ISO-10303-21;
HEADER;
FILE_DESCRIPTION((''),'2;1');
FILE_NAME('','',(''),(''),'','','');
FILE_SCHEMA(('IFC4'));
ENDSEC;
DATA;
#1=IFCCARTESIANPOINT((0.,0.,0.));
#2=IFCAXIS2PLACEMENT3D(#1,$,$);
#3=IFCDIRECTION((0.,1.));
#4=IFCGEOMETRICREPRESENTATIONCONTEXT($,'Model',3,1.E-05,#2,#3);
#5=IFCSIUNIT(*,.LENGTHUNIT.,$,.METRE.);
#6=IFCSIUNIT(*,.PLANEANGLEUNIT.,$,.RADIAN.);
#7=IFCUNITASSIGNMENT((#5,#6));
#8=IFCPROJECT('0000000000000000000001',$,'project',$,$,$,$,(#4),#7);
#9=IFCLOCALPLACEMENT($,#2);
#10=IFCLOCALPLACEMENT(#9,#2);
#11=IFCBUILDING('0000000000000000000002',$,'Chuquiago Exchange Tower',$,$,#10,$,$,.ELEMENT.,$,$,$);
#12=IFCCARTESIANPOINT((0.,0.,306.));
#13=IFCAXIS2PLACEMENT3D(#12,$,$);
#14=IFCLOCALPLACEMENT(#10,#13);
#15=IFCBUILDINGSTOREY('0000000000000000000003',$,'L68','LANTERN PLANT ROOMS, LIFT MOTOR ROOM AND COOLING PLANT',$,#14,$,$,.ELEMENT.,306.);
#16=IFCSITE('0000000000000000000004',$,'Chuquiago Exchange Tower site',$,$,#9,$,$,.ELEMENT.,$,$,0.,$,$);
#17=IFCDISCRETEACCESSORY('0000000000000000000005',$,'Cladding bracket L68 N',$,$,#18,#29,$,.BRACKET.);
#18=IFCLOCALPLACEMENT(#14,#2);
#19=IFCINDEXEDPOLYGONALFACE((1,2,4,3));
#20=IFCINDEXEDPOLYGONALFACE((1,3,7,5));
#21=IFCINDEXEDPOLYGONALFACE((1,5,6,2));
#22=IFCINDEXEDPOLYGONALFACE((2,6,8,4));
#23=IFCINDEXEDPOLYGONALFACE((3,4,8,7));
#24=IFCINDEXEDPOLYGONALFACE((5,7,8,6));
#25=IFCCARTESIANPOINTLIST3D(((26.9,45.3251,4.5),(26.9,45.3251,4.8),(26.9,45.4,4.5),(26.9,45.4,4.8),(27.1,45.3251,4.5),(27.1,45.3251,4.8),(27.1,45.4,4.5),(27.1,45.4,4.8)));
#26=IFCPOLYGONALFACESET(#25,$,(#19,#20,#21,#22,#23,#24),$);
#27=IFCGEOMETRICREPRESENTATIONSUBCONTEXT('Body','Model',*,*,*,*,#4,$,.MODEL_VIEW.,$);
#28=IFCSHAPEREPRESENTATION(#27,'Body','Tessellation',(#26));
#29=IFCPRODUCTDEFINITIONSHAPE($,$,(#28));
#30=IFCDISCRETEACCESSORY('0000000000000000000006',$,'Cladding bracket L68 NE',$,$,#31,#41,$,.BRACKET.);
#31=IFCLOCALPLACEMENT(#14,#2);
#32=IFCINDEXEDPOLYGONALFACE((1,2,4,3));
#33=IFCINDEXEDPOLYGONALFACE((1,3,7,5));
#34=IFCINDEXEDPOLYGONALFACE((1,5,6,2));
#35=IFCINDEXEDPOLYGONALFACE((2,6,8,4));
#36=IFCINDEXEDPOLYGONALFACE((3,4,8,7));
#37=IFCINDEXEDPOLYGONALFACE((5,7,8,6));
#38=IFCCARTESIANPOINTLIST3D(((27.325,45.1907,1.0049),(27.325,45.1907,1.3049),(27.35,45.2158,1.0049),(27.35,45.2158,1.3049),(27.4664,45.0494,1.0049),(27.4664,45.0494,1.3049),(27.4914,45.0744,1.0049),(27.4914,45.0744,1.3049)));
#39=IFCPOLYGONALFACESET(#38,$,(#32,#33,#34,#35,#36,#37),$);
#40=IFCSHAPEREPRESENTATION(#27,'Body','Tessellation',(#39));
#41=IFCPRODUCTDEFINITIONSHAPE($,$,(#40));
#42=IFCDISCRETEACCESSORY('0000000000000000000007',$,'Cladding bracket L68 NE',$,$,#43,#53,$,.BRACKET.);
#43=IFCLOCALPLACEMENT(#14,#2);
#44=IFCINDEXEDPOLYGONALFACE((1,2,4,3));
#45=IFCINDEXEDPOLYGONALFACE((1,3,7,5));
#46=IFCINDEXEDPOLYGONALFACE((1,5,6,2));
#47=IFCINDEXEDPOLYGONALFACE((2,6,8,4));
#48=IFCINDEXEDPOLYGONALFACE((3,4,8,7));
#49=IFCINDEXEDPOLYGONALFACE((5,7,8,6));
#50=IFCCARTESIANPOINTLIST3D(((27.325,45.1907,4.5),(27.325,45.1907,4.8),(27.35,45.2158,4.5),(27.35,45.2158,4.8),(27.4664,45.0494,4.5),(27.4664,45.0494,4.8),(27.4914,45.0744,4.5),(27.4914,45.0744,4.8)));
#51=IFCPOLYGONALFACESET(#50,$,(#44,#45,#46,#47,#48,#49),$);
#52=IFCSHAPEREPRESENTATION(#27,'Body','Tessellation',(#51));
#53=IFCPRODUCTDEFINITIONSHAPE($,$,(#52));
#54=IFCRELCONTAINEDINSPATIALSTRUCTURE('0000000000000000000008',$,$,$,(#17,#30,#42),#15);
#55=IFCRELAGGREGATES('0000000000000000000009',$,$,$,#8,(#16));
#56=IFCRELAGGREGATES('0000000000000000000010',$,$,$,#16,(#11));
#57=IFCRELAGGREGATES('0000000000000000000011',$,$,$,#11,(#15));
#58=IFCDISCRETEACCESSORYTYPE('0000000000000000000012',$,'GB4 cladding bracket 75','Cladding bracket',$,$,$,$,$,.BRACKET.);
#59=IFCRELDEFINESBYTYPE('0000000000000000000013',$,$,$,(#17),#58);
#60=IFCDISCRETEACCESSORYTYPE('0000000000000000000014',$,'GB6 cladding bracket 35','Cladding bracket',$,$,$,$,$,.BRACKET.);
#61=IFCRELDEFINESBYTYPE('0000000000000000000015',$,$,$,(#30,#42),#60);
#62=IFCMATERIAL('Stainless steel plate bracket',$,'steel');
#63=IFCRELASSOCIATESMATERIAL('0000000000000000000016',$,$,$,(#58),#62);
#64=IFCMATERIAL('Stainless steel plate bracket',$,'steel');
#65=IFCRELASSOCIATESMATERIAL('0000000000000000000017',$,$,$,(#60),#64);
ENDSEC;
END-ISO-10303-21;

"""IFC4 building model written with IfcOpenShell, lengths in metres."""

from ifc_helpers import new_model, si_unit, direction, frame, origin, origin_2d, place, context, subcontext, project, spatial, rectangle, extrude, material, type_object, element, save


model = new_model("IFC4")

# Units and contexts
model_context = context("Model", 3, precision=1e-05, world=origin(), true_north=direction((0.0, 1.0)))
body_context = subcontext(model_context, "Body", "Model", "MODEL_VIEW")
ifc_project = project(units=[si_unit("LENGTHUNIT", "METRE"), si_unit("PLANEANGLEUNIT", "RADIAN")], contexts=[model_context])

# Site, building, storey
site_placement = place(None, origin())
site = spatial("IfcSite", under=ifc_project, at=site_placement, Name="Chuquiago Exchange Tower site", CompositionType="ELEMENT", RefElevation=0.0)
building_placement = place(site_placement, origin())
building = spatial("IfcBuilding", under=site, at=building_placement, Name="Chuquiago Exchange Tower", CompositionType="ELEMENT")
storey_placement = place(building_placement, frame((0.0, 0.0, 306.0)))
storey = spatial("IfcBuildingStorey", under=building, at=storey_placement, Name="L68", Description="LANTERN PLANT ROOMS, LIFT MOTOR ROOM AND COOLING PLANT", CompositionType="ELEMENT", Elevation=306.0)

# Discrete accessories
ifc_material_1 = material(Name="Stainless steel plate bracket", Category="steel")
discrete_accessory_type_1 = type_object("IfcDiscreteAccessoryType", Name="GB4 cladding bracket 75", Description="Cladding bracket", PredefinedType="BRACKET", material=ifc_material_1)
for number, where, z_axis, x_axis, name in (
    (1, (27.0, 45.3625, 4.5), (0.0, 0.0, 1.0), (-1.0, 0.0, 0.0), "Cladding bracket L68 N"),
):
    element("IfcDiscreteAccessory", number, at=place(storey_placement, frame(where, z_axis=z_axis, x_axis=x_axis)), inside=storey, type_object=discrete_accessory_type_1, Name=name, PredefinedType="BRACKET", context=body_context, shape_type="SweptSolid", body=[
        extrude(rectangle(XDim=0.2, YDim=0.075, at=origin_2d()), origin(), (0.0, 0.0, 1.0), 0.3),
    ])
ifc_material_2 = material(Name="Stainless steel plate bracket", Category="steel")
discrete_accessory_type_2 = type_object("IfcDiscreteAccessoryType", Name="GB6 cladding bracket 35", Description="Cladding bracket", PredefinedType="BRACKET", material=ifc_material_2)
for number, where, z_axis, x_axis, name in (
    (2, (27.4082, 45.1326, 1.0049), (0.0, 0.0, 1.0), (-0.707107, 0.707107, 0.0), "Cladding bracket L68 NE"),
    (3, (27.4082, 45.1326, 4.5), (0.0, 0.0, 1.0), (-0.707107, 0.707107, 0.0), "Cladding bracket L68 NE"),
):
    element("IfcDiscreteAccessory", number, at=place(storey_placement, frame(where, z_axis=z_axis, x_axis=x_axis)), inside=storey, type_object=discrete_accessory_type_2, Name=name, PredefinedType="BRACKET", context=body_context, shape_type="SweptSolid", body=[
        extrude(rectangle(XDim=0.2, YDim=0.0354, at=origin_2d()), origin(), (0.0, 0.0, 1.0), 0.3),
    ])

save(model, "model.ifc")
